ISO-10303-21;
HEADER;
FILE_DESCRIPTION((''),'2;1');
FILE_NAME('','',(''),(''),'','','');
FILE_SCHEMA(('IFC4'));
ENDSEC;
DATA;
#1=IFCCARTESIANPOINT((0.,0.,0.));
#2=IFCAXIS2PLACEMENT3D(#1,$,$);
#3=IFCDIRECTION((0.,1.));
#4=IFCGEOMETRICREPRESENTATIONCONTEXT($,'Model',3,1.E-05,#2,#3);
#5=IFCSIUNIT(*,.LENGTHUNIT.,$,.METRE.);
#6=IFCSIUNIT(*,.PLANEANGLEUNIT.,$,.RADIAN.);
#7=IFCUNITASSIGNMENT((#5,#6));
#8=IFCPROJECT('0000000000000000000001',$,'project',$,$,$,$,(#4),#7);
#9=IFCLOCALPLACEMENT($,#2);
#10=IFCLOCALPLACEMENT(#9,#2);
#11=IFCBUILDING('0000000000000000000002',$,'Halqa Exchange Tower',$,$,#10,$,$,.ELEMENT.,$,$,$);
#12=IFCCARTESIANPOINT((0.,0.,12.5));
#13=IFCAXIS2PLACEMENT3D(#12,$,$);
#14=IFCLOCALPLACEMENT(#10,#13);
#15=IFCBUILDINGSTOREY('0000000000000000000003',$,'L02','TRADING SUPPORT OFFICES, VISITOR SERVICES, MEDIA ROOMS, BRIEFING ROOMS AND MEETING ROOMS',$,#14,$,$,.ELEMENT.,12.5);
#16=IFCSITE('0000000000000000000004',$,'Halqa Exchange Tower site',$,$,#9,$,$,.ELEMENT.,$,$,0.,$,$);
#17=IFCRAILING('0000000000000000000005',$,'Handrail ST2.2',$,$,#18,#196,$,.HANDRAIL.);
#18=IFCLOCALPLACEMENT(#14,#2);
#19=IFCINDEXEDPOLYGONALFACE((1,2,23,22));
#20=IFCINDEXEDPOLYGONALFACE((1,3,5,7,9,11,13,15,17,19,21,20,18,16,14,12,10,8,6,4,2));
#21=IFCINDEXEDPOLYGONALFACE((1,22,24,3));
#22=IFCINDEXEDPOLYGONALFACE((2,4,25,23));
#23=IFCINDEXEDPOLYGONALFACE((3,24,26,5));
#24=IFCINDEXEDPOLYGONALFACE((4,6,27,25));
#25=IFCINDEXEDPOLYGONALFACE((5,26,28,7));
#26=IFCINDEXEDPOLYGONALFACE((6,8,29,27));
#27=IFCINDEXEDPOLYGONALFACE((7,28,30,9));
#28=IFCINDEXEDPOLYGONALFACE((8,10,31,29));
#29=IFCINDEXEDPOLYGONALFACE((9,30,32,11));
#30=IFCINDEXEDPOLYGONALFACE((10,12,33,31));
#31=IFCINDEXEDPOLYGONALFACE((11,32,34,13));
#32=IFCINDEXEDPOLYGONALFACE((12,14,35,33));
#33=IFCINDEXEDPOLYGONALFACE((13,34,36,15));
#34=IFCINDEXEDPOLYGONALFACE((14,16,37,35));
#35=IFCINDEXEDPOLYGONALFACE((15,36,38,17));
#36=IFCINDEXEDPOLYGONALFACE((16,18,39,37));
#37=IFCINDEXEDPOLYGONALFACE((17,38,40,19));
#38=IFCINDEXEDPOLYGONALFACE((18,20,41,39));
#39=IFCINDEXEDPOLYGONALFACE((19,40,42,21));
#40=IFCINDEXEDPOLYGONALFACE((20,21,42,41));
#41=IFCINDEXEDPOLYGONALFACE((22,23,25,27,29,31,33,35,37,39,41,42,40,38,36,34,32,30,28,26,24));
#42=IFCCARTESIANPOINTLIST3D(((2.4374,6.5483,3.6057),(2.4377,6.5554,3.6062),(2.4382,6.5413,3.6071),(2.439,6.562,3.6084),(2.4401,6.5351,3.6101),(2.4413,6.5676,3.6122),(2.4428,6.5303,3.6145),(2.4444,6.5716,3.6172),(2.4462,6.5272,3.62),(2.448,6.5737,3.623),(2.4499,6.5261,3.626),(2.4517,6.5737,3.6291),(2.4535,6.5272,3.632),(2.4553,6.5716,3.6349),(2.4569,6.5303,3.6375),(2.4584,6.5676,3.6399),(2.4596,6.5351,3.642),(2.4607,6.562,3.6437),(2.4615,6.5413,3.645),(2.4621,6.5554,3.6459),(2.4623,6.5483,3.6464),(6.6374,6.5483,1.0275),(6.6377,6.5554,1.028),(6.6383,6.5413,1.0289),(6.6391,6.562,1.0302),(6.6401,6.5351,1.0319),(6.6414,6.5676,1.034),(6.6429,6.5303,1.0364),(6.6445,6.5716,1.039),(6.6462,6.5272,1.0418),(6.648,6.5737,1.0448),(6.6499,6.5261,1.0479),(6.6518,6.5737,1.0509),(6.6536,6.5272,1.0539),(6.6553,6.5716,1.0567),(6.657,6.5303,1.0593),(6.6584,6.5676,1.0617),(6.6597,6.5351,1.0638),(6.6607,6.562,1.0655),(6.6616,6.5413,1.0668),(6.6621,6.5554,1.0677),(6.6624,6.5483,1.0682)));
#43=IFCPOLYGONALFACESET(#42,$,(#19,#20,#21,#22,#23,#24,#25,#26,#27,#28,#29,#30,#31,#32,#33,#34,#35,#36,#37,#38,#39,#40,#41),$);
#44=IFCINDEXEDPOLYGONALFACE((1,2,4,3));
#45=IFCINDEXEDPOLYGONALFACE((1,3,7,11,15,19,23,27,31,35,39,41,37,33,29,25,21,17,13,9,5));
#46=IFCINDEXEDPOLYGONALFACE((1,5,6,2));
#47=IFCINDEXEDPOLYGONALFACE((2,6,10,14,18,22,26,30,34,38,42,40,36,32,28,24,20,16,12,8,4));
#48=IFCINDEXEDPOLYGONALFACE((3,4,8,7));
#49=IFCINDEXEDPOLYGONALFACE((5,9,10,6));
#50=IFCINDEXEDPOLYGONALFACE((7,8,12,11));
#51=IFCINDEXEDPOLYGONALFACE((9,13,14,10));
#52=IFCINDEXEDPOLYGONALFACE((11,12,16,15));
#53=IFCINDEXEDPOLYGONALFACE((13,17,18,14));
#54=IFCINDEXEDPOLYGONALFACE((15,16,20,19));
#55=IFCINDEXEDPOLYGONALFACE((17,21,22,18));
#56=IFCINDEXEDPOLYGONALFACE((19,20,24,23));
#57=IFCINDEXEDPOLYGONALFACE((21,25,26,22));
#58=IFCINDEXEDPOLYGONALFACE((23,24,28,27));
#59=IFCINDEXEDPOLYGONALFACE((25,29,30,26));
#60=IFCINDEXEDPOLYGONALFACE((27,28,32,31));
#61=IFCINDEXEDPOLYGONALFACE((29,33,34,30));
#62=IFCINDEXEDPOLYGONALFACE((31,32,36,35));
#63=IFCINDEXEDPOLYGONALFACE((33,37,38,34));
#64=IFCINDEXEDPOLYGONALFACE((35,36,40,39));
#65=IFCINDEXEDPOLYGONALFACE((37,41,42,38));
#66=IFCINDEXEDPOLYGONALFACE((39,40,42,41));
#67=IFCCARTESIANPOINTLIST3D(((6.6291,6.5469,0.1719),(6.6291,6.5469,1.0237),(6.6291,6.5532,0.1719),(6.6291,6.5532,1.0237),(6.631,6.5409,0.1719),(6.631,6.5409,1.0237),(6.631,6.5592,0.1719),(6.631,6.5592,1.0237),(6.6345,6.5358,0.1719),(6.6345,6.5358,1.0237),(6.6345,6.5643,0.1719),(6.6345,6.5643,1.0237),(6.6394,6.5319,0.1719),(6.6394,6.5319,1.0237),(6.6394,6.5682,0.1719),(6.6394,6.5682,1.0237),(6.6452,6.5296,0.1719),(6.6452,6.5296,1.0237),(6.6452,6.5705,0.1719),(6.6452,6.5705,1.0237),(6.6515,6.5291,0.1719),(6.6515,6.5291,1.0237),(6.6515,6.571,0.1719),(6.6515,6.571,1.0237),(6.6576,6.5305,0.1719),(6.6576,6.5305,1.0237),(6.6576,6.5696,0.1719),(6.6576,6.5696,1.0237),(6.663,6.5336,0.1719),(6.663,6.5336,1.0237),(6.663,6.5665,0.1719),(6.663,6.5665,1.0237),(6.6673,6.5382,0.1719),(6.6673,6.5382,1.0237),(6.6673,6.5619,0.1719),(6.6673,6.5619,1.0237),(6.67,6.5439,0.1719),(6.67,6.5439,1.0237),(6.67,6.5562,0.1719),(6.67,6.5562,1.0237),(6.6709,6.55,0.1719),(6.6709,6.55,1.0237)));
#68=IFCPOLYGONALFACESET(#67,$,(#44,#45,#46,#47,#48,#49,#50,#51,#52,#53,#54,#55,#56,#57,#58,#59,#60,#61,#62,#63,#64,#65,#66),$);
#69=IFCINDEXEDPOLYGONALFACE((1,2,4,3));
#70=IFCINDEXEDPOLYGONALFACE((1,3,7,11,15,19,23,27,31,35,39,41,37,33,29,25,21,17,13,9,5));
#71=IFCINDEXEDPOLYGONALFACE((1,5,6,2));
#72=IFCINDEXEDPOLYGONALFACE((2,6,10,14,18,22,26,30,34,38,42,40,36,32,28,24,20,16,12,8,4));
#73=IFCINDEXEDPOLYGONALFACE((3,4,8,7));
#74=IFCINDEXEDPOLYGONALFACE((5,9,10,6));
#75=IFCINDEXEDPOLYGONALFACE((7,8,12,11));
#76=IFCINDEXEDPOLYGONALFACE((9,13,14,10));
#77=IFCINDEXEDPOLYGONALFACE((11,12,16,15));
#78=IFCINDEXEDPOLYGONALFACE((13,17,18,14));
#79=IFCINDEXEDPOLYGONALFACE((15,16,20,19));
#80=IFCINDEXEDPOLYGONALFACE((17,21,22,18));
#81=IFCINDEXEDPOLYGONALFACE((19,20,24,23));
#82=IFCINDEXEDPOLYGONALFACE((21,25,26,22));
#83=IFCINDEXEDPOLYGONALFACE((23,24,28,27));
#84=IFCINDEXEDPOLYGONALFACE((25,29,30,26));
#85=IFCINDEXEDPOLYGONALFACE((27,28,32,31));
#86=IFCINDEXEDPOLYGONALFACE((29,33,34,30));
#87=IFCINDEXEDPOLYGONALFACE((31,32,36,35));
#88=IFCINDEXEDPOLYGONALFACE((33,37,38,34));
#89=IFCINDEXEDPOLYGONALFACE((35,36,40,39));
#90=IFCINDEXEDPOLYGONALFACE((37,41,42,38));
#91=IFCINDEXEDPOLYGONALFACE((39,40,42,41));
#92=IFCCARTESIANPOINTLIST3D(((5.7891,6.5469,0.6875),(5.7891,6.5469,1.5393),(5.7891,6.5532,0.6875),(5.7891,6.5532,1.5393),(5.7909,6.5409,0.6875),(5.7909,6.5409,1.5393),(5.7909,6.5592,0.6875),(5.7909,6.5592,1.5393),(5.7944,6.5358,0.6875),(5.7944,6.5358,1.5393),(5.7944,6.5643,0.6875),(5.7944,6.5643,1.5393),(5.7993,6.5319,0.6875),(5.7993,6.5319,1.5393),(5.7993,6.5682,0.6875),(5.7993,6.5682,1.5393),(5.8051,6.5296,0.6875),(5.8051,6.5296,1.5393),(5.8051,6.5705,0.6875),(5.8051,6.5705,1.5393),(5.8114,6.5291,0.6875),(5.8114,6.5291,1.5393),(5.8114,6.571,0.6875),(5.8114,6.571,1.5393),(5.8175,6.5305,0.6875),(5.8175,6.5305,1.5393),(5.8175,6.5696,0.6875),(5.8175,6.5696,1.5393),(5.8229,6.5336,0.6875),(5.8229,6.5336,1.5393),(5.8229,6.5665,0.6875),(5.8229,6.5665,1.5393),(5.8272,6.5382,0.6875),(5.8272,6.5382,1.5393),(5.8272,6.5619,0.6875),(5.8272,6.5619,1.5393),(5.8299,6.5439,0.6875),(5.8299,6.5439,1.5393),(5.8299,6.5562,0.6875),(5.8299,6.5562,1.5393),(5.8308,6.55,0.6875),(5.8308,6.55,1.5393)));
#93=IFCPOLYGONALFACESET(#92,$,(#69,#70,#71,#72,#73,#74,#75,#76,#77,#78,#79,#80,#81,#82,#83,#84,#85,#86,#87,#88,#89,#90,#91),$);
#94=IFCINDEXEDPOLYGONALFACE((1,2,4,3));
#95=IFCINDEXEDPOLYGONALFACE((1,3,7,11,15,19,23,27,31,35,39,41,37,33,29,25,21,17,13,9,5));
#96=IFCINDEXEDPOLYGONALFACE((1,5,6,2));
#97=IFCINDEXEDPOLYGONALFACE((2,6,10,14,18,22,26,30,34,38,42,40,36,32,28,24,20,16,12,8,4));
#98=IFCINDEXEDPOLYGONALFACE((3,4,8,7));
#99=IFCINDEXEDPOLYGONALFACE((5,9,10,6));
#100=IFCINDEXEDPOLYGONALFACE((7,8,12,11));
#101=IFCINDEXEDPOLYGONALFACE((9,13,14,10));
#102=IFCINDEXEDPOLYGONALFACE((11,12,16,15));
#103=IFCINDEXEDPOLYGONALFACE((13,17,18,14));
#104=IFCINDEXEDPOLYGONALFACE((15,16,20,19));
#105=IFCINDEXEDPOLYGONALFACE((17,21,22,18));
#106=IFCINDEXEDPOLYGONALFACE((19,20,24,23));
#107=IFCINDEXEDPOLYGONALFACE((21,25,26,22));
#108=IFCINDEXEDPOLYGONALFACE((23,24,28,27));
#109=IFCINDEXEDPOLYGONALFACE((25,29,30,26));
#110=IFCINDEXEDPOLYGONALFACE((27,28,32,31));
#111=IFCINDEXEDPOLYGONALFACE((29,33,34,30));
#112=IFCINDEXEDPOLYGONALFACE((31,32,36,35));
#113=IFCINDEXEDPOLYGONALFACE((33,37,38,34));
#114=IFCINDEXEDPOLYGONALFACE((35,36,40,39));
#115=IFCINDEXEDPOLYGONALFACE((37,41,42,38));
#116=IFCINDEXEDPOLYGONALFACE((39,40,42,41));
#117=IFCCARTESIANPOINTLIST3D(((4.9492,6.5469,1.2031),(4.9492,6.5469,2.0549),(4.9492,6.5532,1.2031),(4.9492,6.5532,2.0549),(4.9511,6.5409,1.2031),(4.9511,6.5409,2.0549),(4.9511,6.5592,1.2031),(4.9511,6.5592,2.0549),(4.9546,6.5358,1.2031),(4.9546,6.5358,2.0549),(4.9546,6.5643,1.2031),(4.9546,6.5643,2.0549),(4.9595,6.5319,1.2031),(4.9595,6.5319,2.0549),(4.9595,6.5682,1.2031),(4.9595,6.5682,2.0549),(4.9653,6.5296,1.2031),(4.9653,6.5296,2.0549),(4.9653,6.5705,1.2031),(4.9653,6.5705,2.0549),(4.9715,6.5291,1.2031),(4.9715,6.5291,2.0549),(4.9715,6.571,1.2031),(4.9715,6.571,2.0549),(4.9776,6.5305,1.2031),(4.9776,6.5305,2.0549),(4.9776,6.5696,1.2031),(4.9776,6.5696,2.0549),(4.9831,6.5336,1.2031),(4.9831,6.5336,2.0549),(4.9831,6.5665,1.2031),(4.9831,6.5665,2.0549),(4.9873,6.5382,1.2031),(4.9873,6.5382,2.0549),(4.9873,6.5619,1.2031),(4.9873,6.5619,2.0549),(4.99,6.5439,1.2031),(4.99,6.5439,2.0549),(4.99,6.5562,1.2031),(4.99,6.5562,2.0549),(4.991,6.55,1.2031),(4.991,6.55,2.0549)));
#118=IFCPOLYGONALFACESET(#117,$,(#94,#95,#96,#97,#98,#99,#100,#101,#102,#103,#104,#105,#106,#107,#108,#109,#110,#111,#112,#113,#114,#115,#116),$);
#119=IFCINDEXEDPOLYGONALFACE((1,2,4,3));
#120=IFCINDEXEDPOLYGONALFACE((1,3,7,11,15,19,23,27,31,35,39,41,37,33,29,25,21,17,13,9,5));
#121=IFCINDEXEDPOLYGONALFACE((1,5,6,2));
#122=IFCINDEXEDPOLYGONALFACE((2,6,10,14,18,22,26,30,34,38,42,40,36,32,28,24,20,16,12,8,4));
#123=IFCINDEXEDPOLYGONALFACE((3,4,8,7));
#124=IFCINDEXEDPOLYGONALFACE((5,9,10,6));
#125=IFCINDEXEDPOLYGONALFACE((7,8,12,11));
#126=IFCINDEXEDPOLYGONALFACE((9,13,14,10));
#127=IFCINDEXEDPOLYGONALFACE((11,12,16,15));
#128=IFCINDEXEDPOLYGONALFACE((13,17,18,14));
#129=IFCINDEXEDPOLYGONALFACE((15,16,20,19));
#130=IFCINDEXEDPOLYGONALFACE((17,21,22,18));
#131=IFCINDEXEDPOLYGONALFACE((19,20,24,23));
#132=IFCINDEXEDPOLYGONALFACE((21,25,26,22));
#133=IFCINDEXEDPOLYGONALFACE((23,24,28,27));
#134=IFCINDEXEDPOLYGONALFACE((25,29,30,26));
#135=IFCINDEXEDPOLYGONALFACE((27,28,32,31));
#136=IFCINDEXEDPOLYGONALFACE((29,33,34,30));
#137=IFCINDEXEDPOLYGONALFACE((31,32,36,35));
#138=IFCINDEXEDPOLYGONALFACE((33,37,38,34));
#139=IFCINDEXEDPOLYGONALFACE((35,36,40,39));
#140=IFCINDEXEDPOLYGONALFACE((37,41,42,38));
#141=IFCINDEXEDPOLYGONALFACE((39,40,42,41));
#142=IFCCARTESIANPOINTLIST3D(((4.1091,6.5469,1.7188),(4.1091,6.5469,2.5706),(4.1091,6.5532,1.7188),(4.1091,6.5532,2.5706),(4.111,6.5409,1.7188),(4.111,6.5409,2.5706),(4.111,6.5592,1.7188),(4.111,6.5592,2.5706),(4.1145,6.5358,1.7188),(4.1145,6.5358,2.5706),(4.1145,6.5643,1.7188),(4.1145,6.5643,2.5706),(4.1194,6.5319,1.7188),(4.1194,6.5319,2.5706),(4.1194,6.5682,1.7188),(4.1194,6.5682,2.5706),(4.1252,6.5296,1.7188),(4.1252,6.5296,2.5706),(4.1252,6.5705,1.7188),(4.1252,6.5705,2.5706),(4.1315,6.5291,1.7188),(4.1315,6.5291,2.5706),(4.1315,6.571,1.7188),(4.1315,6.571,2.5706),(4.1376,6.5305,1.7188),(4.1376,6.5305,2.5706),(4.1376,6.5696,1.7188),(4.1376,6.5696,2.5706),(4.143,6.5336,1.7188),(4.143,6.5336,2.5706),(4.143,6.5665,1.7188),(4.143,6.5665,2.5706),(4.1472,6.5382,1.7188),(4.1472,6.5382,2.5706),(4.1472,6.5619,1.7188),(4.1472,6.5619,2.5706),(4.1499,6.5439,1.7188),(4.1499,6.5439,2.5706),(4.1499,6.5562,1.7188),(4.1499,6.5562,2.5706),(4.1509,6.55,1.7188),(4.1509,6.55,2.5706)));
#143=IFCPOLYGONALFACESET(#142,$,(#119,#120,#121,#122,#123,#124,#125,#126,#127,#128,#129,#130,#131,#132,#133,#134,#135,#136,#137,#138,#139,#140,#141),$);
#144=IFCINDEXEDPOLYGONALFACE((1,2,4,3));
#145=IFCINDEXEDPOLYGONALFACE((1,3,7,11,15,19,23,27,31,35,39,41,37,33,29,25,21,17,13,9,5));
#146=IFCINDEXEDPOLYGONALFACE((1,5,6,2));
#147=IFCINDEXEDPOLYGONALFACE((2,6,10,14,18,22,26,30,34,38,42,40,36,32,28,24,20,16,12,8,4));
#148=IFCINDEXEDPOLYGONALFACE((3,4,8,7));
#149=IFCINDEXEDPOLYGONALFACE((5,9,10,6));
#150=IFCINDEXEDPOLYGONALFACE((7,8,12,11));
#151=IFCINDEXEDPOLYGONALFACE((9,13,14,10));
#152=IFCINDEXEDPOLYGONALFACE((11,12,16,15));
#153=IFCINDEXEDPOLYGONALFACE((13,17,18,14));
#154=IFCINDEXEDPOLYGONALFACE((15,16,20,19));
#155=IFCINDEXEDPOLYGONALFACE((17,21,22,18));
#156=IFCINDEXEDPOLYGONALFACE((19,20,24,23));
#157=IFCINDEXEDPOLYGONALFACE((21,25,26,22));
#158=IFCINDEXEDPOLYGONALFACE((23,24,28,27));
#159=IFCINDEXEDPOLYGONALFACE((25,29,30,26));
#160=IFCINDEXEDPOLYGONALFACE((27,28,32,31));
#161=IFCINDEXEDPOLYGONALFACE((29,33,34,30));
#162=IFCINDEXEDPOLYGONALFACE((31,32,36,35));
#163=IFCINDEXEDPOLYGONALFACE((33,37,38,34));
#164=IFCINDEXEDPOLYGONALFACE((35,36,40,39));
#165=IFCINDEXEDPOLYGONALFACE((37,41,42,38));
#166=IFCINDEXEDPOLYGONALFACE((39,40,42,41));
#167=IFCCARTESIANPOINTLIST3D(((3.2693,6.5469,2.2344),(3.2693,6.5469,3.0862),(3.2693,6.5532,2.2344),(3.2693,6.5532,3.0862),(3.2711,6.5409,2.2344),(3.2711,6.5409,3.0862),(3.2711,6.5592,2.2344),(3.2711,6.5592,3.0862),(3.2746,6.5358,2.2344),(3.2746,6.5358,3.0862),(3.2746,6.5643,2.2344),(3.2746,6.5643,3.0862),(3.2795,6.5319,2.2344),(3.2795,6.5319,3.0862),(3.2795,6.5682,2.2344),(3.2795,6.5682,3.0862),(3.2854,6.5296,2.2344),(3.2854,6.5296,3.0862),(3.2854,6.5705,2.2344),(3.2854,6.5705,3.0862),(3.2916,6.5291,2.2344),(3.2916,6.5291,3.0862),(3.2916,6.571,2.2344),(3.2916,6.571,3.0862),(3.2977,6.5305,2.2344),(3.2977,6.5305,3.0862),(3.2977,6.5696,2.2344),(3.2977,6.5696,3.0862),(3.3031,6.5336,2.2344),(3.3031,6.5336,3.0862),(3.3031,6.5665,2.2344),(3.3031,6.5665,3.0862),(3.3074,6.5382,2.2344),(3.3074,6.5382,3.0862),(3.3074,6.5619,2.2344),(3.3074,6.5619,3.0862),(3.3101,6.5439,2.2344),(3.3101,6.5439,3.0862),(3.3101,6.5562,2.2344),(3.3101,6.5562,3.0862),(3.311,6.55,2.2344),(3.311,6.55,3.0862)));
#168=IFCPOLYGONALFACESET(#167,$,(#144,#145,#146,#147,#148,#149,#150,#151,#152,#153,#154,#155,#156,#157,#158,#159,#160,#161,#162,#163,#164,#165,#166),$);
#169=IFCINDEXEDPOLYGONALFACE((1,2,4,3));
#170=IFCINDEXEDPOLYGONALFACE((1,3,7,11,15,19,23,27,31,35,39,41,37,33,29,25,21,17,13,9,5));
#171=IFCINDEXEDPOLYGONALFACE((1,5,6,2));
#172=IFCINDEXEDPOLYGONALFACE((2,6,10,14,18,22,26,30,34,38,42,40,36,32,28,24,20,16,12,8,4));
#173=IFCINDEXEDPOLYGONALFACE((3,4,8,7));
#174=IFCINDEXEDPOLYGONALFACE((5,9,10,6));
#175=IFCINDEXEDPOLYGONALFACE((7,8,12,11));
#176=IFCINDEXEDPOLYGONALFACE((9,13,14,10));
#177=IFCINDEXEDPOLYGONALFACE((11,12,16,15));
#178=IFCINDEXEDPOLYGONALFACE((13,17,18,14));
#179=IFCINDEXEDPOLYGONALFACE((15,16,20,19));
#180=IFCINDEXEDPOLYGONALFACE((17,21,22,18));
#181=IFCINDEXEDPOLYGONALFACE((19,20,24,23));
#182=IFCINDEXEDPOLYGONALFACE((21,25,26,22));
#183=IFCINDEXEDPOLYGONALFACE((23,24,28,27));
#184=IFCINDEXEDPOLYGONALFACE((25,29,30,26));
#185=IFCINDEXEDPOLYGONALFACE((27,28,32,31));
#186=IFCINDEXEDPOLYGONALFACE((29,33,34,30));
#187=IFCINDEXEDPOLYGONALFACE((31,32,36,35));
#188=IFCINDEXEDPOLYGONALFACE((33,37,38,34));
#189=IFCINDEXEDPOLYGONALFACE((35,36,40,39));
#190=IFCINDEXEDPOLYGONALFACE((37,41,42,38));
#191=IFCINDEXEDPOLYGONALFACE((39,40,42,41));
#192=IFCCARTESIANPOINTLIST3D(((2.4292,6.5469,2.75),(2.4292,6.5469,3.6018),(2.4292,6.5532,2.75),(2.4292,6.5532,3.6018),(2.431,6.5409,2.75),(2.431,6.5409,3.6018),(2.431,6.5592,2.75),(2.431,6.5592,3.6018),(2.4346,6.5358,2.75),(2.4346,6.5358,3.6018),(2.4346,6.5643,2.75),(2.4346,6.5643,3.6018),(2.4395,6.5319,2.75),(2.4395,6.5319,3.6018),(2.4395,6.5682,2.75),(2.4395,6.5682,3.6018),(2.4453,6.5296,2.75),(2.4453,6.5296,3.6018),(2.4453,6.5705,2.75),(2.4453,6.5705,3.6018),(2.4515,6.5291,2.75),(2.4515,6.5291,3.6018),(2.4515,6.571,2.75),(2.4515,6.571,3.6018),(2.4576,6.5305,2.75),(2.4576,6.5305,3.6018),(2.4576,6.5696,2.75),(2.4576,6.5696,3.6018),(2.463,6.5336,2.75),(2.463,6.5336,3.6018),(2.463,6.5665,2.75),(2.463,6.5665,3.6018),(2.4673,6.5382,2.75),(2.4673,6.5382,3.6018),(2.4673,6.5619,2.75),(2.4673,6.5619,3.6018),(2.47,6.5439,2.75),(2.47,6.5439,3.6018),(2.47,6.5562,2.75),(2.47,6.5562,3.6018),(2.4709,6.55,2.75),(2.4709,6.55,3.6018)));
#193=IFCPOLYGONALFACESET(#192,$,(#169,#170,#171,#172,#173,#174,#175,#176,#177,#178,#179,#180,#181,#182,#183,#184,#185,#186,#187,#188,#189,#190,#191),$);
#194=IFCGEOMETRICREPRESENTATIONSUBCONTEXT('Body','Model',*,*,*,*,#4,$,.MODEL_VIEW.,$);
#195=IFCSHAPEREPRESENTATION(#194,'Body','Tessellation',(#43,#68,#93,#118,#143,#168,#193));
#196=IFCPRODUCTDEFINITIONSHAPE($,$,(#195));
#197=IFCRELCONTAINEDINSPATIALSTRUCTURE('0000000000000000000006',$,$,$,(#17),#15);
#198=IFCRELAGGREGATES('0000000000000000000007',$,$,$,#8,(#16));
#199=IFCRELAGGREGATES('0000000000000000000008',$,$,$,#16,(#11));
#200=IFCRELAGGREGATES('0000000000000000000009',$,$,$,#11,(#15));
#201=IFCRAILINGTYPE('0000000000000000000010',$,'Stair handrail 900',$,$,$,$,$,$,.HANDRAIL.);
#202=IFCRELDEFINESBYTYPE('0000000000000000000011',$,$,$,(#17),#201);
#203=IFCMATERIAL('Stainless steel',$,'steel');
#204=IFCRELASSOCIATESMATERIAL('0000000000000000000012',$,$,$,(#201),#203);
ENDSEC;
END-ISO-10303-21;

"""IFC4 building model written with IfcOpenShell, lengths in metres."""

from ifc_helpers import new_model, si_unit, direction, frame, origin, origin_2d, place, context, subcontext, project, spatial, circle, extrude, material, type_object, element, save


model = new_model("IFC4")

# Units and contexts
model_context = context("Model", 3, precision=1e-05, world=origin(), true_north=direction((0.0, 1.0)))
body_context = subcontext(model_context, "Body", "Model", "MODEL_VIEW")
ifc_project = project(units=[si_unit("LENGTHUNIT", "METRE"), si_unit("PLANEANGLEUNIT", "RADIAN")], contexts=[model_context])

# Site, building, storey
site_placement = place(None, origin())
site = spatial("IfcSite", under=ifc_project, at=site_placement, Name="Halqa Exchange Tower site", CompositionType="ELEMENT", RefElevation=0.0)
building_placement = place(site_placement, origin())
building = spatial("IfcBuilding", under=site, at=building_placement, Name="Halqa Exchange Tower", CompositionType="ELEMENT")
storey_placement = place(building_placement, frame((0.0, 0.0, 12.5)))
storey = spatial("IfcBuildingStorey", under=building, at=storey_placement, Name="L02", Description="TRADING SUPPORT OFFICES, VISITOR SERVICES, MEDIA ROOMS, BRIEFING ROOMS AND MEETING ROOMS", CompositionType="ELEMENT", Elevation=12.5)

# Railing
ifc_material_1 = material(Name="Stainless steel", Category="steel")
railing_type_1 = type_object("IfcRailingType", Name="Stair handrail 900", PredefinedType="HANDRAIL", material=ifc_material_1)
railing_1_placement = place(storey_placement, frame((6.6499, 6.55, 0.1719)))
element("IfcRailing", 1, at=railing_1_placement, inside=storey, type_object=railing_type_1, Name="Handrail ST2.2", PredefinedType="HANDRAIL", context=body_context, shape_type="SweptSolid", body=[
    extrude(circle(Radius=0.0239, at=origin_2d()), frame((0.0, 0.0, 0.876), z_axis=(-0.852243, 0.0, 0.523146), x_axis=(0.0, -1.0, 0.0)), (0.0, 0.0, 1.0), 4.9282),
    extrude(circle(Radius=0.021, at=origin_2d()), origin(), (0.0, 0.0, 1.0), 0.8518),
    extrude(circle(Radius=0.021, at=origin_2d()), frame((-0.8401, 0.0, 0.5156)), (0.0, 0.0, 1.0), 0.8518),
    extrude(circle(Radius=0.021, at=origin_2d()), frame((-1.6799, 0.0, 1.0312)), (0.0, 0.0, 1.0), 0.8518),
    extrude(circle(Radius=0.021, at=origin_2d()), frame((-2.52, 0.0, 1.5469)), (0.0, 0.0, 1.0), 0.8518),
    extrude(circle(Radius=0.021, at=origin_2d()), frame((-3.3599, 0.0, 2.0625)), (0.0, 0.0, 1.0), 0.8518),
    extrude(circle(Radius=0.021, at=origin_2d()), frame((-4.2, 0.0, 2.5781)), (0.0, 0.0, 1.0), 0.8518),
])

save(model, "model.ifc")
